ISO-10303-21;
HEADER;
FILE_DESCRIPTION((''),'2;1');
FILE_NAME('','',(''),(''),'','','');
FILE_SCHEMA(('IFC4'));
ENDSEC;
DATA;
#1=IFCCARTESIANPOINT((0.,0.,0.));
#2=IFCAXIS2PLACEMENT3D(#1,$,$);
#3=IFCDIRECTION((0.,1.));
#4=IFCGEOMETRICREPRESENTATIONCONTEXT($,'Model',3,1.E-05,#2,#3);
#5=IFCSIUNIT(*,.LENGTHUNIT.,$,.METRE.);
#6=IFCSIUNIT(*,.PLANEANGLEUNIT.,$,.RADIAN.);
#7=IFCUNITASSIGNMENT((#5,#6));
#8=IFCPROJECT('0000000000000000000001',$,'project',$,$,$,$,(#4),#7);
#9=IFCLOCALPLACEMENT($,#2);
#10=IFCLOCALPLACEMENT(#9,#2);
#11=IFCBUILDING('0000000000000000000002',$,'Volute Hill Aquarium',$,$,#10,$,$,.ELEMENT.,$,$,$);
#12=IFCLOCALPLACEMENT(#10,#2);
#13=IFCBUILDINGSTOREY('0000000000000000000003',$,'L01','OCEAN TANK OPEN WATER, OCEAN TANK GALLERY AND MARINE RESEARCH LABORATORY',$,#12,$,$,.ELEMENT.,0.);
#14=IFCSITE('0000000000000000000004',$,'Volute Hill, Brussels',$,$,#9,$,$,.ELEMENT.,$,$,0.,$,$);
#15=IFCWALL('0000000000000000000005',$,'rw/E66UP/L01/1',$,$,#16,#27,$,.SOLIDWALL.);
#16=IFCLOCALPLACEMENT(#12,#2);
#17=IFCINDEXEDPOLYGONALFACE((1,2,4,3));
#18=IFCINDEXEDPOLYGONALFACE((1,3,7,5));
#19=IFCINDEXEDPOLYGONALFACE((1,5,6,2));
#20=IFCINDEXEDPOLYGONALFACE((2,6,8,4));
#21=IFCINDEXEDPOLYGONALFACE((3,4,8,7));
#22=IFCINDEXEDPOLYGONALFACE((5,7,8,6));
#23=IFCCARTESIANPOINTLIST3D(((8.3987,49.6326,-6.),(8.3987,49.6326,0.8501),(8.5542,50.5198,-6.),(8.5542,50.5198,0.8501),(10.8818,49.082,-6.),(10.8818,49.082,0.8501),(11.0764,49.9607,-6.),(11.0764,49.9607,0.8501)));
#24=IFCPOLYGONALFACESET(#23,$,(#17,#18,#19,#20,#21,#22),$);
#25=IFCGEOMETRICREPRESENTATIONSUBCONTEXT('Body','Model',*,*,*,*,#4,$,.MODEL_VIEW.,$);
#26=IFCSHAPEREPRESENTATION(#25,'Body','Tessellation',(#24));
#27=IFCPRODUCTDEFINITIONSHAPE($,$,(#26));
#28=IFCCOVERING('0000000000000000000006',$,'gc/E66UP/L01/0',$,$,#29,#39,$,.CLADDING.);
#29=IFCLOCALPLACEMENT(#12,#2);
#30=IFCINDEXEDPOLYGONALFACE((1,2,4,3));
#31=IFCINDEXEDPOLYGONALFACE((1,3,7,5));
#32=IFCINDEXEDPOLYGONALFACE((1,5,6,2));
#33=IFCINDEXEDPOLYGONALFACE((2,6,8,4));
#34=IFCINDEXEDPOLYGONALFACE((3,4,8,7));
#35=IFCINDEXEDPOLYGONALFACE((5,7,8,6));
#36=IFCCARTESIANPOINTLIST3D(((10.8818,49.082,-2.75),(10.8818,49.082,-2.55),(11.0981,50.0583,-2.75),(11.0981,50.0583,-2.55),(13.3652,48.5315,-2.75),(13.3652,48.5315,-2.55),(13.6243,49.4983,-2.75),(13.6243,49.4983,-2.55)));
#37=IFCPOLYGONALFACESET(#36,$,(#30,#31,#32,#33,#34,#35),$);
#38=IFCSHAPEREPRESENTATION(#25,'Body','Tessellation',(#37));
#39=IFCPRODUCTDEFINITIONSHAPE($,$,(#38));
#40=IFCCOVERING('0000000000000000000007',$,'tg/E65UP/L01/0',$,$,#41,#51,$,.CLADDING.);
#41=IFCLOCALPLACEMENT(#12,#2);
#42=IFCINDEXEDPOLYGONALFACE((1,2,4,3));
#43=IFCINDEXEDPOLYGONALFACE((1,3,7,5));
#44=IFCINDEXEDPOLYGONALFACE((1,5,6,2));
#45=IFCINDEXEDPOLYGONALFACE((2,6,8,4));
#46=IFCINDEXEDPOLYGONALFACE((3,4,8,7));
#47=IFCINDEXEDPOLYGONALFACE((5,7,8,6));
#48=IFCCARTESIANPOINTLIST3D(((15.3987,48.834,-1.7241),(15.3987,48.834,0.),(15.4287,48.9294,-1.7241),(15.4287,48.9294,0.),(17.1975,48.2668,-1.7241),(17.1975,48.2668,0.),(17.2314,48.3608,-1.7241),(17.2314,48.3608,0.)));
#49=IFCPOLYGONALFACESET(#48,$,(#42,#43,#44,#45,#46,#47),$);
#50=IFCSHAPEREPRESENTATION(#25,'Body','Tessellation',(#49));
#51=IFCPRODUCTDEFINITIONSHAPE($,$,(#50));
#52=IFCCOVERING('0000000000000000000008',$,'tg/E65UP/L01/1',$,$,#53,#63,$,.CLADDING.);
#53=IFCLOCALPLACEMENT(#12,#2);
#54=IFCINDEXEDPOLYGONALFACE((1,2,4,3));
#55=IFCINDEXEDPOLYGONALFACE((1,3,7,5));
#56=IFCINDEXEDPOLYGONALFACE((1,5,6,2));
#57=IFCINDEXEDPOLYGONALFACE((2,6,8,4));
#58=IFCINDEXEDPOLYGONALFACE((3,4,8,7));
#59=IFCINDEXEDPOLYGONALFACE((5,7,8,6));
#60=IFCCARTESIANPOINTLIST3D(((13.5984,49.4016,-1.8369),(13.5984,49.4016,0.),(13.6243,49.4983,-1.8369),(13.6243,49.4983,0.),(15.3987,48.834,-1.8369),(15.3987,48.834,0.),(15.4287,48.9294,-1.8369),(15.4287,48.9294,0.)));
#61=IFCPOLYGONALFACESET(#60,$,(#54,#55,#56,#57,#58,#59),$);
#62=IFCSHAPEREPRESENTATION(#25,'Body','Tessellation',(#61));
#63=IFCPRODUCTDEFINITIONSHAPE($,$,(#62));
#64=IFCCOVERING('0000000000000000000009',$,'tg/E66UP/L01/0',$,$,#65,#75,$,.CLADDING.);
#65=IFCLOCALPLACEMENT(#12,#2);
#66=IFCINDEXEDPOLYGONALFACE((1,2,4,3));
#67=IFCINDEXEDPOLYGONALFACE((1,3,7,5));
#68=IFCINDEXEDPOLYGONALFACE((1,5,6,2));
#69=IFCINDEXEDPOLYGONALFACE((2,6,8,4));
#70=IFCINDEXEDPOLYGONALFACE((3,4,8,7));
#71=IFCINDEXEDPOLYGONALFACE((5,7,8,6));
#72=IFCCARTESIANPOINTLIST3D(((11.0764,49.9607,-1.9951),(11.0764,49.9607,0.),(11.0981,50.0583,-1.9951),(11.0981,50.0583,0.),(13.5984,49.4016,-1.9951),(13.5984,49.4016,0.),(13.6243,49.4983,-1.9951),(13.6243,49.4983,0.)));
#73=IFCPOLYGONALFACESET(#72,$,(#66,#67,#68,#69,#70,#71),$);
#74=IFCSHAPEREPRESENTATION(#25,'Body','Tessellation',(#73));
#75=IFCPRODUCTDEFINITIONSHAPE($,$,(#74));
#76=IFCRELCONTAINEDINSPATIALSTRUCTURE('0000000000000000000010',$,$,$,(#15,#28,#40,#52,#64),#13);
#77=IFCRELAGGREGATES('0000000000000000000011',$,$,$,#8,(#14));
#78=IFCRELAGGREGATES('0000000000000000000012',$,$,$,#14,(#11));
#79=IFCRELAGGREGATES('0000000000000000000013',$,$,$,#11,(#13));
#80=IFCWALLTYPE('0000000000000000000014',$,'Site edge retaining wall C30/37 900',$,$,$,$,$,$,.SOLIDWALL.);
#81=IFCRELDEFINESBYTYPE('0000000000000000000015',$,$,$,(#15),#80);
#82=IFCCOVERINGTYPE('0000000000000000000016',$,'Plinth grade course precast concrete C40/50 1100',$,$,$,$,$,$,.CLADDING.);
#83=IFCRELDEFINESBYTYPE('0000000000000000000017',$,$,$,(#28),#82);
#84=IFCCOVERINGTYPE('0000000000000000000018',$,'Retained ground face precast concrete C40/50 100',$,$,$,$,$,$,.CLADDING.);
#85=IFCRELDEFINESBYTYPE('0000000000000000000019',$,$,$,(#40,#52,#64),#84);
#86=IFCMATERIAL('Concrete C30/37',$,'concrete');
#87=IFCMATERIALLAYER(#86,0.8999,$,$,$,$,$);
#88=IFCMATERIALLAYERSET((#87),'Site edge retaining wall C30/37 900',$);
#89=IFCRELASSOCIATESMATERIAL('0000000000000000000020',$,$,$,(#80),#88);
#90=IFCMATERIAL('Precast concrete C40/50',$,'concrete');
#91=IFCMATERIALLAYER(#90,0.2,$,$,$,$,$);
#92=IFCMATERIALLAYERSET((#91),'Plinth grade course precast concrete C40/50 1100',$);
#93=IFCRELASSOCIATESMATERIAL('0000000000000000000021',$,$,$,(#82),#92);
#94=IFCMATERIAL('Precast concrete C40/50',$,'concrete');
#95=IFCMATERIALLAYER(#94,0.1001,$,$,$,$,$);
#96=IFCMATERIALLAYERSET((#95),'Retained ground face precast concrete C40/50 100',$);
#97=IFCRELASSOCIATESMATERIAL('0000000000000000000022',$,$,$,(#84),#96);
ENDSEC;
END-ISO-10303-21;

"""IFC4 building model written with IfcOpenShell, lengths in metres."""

from ifc_helpers import new_model, si_unit, direction, frame, origin, place, context, subcontext, project, spatial, polyline, outline, extrude, material, layer, layer_set, type_object, element, save


model = new_model("IFC4")

# Units and contexts
model_context = context("Model", 3, precision=1e-05, world=origin(), true_north=direction((0.0, 1.0)))
body_context = subcontext(model_context, "Body", "Model", "MODEL_VIEW")
ifc_project = project(units=[si_unit("LENGTHUNIT", "METRE"), si_unit("PLANEANGLEUNIT", "RADIAN")], contexts=[model_context])

# Site, building, storey
site_placement = place(None, origin())
site = spatial("IfcSite", under=ifc_project, at=site_placement, Name="Volute Hill, Brussels", CompositionType="ELEMENT", RefElevation=0.0)
building_placement = place(site_placement, origin())
building = spatial("IfcBuilding", under=site, at=building_placement, Name="Volute Hill Aquarium", CompositionType="ELEMENT")
storey_placement = place(building_placement, origin())
storey = spatial("IfcBuildingStorey", under=building, at=storey_placement, Name="L01", Description="OCEAN TANK OPEN WATER, OCEAN TANK GALLERY AND MARINE RESEARCH LABORATORY", CompositionType="ELEMENT", Elevation=0.0)

# Wall
ifc_material_1 = material(Name="Concrete C30/37", Category="concrete")
ifc_layer_1 = layer(ifc_material_1, 0.8999)
ifc_layer_set_1 = layer_set([ifc_layer_1], Name="Site edge retaining wall C30/37 900")
wall_type = type_object("IfcWallType", Name="Site edge retaining wall C30/37 900", PredefinedType="SOLIDWALL", material=ifc_layer_set_1)
wall_1_placement = place(storey_placement, frame((0.0, 0.0, -6.0)))
element("IfcWall", 1, at=wall_1_placement, inside=storey, type_object=wall_type, Name="rw/E66UP/L01/1", PredefinedType="SOLIDWALL", context=body_context, shape_type="SweptSolid", body=[
    extrude(outline(polyline([(11.0764, 49.9607), (8.5542, 50.5198), (8.3987, 49.6326), (10.8818, 49.082), (11.0764, 49.9607)])), origin(), (0.0, 0.0, 1.0), 6.8501),
])

# Coverings
ifc_material_2 = material(Name="Precast concrete C40/50", Category="concrete")
ifc_layer_2 = layer(ifc_material_2, 0.2)
ifc_layer_set_2 = layer_set([ifc_layer_2], Name="Plinth grade course precast concrete C40/50 1100")
covering_type_1 = type_object("IfcCoveringType", Name="Plinth grade course precast concrete C40/50 1100", PredefinedType="CLADDING", material=ifc_layer_set_2)
covering_1_placement = place(storey_placement, frame((0.0, 0.0, -2.75)))
element("IfcCovering", 2, at=covering_1_placement, inside=storey, type_object=covering_type_1, Name="gc/E66UP/L01/0", PredefinedType="CLADDING", context=body_context, shape_type="SweptSolid", body=[
    extrude(outline(polyline([(13.6243, 49.4983), (11.0981, 50.0583), (10.8818, 49.082), (13.3652, 48.5315), (13.6243, 49.4983), (13.6243, 49.4983)])), origin(), (0.0, 0.0, 1.0), 0.2),
])
ifc_material_3 = material(Name="Precast concrete C40/50", Category="concrete")
ifc_layer_3 = layer(ifc_material_3, 0.1001)
ifc_layer_set_3 = layer_set([ifc_layer_3], Name="Retained ground face precast concrete C40/50 100")
covering_type_2 = type_object("IfcCoveringType", Name="Retained ground face precast concrete C40/50 100", PredefinedType="CLADDING", material=ifc_layer_set_3)
covering_2_placement = place(storey_placement, frame((0.0, 0.0, -1.7241)))
element("IfcCovering", 3, at=covering_2_placement, inside=storey, type_object=covering_type_2, Name="tg/E65UP/L01/0", PredefinedType="CLADDING", context=body_context, shape_type="SweptSolid", body=[
    extrude(outline(polyline([(17.2314, 48.3608), (15.4287, 48.9294), (15.3987, 48.834), (17.1975, 48.2668), (17.2314, 48.3608)])), origin(), (0.0, 0.0, 1.0), 1.7241),
])
covering_3_placement = place(storey_placement, frame((0.0, 0.0, -1.8369)))
element("IfcCovering", 4, at=covering_3_placement, inside=storey, type_object=covering_type_2, Name="tg/E65UP/L01/1", PredefinedType="CLADDING", context=body_context, shape_type="SweptSolid", body=[
    extrude(outline(polyline([(15.4287, 48.9294), (13.6243, 49.4983), (13.5984, 49.4016), (13.5984, 49.4016), (15.3987, 48.834), (15.4287, 48.9294)])), origin(), (0.0, 0.0, 1.0), 1.8369),
])
covering_4_placement = place(storey_placement, frame((0.0, 0.0, -1.9951)))
element("IfcCovering", 5, at=covering_4_placement, inside=storey, type_object=covering_type_2, Name="tg/E66UP/L01/0", PredefinedType="CLADDING", context=body_context, shape_type="SweptSolid", body=[
    extrude(outline(polyline([(13.6243, 49.4983), (11.0981, 50.0583), (11.0764, 49.9607), (13.5984, 49.4016), (13.6243, 49.4983), (13.6243, 49.4983)])), origin(), (0.0, 0.0, 1.0), 1.9951),
])

save(model, "model.ifc")
